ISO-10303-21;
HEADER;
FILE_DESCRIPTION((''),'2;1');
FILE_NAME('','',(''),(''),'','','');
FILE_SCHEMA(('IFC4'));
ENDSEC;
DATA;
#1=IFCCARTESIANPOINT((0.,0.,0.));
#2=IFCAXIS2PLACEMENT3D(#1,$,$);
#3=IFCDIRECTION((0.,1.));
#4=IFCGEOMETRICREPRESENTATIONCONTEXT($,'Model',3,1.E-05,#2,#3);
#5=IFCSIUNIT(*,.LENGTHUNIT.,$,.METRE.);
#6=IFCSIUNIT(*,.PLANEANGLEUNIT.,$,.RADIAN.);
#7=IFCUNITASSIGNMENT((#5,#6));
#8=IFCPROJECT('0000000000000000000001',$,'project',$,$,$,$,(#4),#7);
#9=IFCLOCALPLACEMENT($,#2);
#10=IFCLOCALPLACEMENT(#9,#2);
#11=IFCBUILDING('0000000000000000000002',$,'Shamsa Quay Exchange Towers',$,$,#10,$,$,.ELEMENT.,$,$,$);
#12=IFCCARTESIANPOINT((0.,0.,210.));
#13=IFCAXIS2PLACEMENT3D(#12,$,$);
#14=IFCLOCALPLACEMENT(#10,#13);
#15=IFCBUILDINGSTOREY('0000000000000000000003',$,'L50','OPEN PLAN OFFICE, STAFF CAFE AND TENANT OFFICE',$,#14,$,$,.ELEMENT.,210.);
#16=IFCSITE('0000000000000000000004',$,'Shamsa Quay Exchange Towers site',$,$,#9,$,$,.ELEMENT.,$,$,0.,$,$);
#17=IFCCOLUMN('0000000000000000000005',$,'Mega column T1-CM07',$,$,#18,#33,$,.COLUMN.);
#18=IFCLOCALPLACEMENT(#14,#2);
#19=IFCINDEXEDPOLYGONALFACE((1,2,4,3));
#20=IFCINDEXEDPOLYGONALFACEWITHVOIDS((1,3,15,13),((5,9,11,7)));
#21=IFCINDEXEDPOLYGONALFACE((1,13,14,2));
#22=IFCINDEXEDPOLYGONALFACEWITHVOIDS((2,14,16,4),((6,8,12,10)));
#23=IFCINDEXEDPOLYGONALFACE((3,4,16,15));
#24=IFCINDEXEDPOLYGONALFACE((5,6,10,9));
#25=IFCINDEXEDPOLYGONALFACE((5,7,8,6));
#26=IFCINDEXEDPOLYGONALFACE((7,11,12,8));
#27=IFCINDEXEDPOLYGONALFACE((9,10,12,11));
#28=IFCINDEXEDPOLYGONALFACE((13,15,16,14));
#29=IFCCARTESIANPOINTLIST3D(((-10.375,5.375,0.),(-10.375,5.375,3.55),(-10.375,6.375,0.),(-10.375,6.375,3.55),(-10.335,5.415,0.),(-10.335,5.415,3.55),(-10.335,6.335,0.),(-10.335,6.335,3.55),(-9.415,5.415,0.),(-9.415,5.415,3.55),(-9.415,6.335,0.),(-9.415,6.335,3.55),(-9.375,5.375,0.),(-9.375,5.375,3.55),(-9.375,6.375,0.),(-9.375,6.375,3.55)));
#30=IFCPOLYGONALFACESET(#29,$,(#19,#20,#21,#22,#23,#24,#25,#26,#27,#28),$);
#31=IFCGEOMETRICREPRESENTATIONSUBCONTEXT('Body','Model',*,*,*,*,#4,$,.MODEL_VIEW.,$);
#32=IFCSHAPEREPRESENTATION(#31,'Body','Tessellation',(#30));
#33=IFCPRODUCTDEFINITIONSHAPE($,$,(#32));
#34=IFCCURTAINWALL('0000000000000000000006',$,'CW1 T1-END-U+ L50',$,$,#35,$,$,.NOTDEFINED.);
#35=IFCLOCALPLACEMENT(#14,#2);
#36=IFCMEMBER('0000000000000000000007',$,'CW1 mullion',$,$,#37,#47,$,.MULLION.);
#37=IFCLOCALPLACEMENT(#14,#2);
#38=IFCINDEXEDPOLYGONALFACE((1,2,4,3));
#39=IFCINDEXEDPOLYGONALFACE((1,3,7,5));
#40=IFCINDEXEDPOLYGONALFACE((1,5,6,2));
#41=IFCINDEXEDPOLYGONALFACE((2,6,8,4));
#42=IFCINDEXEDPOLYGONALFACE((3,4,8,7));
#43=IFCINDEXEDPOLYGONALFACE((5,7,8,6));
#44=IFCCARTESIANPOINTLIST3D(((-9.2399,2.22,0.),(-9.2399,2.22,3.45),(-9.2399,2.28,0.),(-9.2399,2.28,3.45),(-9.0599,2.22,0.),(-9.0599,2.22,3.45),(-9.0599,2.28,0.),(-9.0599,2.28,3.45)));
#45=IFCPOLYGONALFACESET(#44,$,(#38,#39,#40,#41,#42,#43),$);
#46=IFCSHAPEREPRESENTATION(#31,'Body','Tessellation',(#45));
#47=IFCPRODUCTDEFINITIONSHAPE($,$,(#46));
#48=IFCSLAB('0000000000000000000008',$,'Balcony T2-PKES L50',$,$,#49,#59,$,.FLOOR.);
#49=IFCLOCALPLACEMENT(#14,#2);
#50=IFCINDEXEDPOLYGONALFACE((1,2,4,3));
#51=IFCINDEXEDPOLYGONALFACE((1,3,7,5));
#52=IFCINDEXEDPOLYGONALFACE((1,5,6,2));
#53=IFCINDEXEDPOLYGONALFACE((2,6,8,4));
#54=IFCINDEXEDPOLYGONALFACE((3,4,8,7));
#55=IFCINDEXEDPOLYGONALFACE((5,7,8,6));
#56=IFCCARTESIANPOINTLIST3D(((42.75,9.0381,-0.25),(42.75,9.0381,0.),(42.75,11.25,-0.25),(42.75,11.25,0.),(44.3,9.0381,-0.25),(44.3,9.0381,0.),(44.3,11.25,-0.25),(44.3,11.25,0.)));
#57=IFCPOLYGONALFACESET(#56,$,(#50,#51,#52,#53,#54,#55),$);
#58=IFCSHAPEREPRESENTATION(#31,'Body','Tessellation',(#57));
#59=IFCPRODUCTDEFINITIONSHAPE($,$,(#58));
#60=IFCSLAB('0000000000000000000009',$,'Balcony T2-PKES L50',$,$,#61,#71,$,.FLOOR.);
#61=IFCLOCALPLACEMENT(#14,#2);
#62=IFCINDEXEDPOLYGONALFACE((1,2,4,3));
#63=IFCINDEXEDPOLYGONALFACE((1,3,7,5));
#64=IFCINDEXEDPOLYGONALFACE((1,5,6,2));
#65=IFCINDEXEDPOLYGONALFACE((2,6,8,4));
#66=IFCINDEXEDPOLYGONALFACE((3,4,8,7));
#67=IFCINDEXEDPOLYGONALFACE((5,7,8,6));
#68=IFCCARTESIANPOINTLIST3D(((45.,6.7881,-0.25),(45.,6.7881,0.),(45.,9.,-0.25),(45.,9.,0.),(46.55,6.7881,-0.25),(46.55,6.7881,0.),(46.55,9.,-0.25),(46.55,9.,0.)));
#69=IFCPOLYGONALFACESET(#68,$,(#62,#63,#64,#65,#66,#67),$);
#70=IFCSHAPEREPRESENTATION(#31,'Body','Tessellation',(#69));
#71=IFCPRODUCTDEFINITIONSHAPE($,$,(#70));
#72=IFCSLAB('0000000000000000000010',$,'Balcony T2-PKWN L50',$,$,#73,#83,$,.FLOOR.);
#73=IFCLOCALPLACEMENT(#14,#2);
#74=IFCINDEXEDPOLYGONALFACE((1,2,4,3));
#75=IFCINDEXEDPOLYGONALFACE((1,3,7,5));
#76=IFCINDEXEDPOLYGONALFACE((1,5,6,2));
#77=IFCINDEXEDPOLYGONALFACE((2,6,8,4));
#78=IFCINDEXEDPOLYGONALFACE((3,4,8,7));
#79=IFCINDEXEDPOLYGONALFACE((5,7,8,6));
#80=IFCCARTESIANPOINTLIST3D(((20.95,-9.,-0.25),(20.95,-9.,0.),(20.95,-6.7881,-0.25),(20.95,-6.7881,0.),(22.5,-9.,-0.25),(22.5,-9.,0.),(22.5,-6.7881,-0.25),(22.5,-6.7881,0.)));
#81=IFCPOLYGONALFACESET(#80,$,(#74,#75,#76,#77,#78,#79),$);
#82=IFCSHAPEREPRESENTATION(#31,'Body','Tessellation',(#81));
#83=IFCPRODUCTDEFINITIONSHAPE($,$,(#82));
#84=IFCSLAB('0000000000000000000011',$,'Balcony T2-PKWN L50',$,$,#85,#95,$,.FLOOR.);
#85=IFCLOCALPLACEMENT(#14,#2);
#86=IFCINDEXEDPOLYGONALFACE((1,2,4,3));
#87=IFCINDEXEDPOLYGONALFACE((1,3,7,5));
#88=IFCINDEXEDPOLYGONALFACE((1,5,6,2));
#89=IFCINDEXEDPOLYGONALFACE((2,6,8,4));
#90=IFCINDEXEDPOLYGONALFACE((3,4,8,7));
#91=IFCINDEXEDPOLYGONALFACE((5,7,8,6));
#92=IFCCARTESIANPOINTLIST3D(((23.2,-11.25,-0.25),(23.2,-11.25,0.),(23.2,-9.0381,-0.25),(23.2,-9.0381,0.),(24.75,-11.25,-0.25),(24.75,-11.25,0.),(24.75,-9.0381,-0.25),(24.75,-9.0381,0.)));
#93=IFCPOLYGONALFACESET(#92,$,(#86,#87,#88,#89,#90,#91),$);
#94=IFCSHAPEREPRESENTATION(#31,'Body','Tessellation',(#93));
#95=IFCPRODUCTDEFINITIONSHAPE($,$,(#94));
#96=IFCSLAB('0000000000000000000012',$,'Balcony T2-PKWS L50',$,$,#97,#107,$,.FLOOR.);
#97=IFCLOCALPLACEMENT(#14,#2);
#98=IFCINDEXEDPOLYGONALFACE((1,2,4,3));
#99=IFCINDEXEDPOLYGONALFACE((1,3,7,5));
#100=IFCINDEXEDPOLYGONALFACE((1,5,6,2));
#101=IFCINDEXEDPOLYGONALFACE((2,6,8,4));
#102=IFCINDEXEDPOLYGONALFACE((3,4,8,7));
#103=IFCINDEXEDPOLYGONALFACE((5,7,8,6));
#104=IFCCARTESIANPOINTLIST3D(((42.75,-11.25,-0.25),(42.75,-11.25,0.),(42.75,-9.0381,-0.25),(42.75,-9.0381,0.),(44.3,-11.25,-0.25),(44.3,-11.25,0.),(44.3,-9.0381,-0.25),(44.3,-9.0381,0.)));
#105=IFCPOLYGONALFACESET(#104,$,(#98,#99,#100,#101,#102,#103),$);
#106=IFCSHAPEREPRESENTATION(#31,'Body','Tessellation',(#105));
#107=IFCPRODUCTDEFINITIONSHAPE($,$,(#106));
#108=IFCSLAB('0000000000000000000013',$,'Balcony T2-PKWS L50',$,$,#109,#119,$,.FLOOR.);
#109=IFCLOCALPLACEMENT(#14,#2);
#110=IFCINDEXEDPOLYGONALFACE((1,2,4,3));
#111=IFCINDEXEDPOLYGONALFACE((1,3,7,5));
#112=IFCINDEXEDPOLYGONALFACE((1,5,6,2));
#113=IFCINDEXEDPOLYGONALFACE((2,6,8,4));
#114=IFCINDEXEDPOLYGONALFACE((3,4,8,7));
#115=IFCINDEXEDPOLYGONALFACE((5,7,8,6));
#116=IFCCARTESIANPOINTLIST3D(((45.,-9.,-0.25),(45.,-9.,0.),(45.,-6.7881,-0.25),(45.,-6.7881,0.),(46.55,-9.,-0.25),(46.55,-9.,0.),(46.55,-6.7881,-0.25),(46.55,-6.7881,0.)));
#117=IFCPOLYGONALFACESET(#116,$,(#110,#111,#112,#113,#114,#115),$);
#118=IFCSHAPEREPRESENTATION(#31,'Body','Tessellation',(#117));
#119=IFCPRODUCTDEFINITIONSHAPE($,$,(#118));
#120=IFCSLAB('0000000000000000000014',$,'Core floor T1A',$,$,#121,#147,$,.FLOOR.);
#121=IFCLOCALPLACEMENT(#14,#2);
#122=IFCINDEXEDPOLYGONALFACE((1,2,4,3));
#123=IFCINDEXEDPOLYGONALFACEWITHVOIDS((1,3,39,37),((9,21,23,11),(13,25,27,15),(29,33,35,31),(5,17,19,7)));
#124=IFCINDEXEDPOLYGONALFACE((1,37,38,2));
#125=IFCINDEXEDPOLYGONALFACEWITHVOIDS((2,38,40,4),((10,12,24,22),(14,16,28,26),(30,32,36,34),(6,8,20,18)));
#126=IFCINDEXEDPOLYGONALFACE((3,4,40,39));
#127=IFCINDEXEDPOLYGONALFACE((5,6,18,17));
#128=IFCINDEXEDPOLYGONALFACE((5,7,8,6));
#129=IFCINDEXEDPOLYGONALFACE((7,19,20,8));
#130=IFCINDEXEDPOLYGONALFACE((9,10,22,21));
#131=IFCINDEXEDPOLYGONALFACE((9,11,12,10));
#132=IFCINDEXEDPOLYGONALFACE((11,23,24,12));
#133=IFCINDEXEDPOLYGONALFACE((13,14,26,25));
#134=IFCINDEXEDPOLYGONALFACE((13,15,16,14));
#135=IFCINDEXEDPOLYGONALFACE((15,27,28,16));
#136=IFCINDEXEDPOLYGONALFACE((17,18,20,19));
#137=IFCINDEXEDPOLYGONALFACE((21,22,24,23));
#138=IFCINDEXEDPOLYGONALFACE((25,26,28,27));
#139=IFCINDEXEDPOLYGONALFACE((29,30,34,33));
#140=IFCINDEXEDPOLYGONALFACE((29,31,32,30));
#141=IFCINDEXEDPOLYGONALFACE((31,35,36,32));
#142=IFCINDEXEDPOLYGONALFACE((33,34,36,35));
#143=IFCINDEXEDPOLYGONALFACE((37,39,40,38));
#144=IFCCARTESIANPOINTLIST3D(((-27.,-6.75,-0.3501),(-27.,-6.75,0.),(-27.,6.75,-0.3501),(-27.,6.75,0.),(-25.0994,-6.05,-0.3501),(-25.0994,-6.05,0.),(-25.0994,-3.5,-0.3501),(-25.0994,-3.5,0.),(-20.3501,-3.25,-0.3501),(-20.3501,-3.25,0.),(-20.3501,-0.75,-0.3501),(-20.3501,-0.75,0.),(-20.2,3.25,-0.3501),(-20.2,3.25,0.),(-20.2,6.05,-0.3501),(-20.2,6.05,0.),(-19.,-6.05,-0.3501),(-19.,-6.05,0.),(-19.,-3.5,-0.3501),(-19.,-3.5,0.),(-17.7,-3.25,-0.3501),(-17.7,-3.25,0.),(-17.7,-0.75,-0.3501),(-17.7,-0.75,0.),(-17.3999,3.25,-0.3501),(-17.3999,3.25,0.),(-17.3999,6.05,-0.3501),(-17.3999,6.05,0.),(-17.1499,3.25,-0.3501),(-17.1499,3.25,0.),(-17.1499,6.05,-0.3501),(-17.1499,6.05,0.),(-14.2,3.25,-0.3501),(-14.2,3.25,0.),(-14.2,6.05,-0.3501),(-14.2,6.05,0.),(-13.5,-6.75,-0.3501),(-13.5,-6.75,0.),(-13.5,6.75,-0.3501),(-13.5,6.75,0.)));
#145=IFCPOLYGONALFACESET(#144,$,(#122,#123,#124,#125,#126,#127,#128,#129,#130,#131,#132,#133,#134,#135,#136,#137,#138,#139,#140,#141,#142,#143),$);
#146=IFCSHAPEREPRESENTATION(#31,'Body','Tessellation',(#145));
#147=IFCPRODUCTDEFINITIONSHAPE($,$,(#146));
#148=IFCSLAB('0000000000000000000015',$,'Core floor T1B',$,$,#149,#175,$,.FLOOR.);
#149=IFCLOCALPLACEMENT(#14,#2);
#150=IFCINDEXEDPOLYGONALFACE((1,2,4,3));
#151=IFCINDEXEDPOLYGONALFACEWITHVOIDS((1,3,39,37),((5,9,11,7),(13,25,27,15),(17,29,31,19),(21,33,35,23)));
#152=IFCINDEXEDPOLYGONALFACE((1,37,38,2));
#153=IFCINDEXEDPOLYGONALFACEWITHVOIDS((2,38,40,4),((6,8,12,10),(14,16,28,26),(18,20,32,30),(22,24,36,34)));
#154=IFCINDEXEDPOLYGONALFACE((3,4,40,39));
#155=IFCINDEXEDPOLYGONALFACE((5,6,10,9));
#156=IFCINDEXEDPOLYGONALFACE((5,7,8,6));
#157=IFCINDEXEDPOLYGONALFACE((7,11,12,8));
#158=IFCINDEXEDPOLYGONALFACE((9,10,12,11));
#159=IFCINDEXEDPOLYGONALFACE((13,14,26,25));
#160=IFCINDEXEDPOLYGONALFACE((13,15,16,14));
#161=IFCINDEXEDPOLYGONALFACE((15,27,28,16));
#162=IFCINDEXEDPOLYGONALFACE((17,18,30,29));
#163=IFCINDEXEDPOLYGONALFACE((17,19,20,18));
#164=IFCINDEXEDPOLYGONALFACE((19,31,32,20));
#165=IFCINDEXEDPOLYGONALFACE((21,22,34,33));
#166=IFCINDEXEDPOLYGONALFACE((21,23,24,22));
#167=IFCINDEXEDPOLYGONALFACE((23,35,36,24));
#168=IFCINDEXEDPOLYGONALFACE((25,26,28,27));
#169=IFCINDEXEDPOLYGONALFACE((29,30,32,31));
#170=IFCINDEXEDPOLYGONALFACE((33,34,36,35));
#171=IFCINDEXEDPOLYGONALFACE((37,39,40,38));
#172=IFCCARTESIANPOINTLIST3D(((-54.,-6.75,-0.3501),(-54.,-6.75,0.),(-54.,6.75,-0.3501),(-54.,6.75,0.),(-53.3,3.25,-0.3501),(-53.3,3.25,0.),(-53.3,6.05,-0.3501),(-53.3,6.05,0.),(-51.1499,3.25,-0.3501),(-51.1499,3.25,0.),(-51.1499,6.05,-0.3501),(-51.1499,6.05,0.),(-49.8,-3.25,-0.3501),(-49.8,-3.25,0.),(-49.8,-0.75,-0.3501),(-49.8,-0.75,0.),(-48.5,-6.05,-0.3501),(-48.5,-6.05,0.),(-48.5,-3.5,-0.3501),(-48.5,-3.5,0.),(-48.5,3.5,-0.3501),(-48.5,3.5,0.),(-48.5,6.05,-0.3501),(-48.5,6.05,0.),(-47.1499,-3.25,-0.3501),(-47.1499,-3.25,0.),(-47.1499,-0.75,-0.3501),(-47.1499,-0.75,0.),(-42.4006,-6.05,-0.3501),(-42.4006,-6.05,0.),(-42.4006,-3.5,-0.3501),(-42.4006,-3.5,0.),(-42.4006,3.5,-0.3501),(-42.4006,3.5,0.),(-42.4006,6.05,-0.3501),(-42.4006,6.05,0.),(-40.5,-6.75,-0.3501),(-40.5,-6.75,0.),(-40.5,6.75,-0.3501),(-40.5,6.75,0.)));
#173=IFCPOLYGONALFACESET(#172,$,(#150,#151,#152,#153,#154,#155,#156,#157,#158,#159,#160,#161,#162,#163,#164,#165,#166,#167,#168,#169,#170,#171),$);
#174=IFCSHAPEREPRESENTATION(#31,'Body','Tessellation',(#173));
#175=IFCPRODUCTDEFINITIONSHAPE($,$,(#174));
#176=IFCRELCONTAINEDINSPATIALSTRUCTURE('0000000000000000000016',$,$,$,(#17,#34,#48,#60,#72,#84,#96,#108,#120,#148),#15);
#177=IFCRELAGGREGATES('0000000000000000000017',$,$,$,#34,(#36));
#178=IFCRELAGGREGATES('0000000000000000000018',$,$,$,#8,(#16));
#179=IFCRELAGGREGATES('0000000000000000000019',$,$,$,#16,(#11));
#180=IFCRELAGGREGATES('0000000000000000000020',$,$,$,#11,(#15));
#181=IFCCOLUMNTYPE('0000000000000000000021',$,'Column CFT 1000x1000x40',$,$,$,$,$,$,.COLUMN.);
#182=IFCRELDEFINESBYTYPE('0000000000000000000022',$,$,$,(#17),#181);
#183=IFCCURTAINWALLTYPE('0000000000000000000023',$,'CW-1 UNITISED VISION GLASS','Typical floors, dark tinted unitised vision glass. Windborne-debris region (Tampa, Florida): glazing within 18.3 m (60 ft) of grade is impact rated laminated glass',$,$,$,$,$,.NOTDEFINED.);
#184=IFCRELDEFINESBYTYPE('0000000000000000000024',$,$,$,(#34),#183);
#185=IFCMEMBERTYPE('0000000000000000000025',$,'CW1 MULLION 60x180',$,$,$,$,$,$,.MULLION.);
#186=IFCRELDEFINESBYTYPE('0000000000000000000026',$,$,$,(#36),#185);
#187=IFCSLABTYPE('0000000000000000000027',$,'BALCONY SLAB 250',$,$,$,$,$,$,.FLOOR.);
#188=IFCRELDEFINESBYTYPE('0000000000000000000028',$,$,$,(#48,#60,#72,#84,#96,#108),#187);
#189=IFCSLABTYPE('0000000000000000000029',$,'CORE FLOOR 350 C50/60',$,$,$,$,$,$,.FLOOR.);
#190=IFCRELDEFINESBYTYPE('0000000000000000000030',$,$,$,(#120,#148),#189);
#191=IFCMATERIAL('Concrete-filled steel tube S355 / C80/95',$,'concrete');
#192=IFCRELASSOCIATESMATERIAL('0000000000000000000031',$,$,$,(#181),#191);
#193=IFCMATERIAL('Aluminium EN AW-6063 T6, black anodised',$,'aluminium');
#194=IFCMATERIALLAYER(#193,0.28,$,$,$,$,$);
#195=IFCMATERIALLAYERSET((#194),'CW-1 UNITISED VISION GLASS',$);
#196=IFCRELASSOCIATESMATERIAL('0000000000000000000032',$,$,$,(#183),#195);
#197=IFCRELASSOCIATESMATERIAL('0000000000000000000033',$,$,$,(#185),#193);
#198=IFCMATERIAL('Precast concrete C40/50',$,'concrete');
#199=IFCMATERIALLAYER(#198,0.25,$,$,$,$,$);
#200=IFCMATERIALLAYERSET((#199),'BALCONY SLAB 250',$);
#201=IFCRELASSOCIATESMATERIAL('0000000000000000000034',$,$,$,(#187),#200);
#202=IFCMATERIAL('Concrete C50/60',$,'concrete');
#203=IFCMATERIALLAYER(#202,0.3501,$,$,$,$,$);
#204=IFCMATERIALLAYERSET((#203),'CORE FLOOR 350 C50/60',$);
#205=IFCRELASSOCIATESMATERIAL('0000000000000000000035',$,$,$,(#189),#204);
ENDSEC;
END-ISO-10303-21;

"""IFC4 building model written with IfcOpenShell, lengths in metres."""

from ifc_helpers import new_model, si_unit, direction, frame, origin, origin_2d, place, context, subcontext, project, spatial, polyline, rectangle, hollow_rectangle, outline, extrude, material, layer, layer_set, material_profile, profile_set, type_object, element, aggregate, save


model = new_model("IFC4")

# Units and contexts
model_context = context("Model", 3, precision=1e-05, world=origin(), true_north=direction((0.0, 1.0)))
body_context = subcontext(model_context, "Body", "Model", "MODEL_VIEW")
ifc_project = project(units=[si_unit("LENGTHUNIT", "METRE"), si_unit("PLANEANGLEUNIT", "RADIAN")], contexts=[model_context])

# Site, building, storey
site_placement = place(None, origin())
site = spatial("IfcSite", under=ifc_project, at=site_placement, Name="Shamsa Quay Exchange Towers site", CompositionType="ELEMENT", RefElevation=0.0)
building_placement = place(site_placement, origin())
building = spatial("IfcBuilding", under=site, at=building_placement, Name="Shamsa Quay Exchange Towers", CompositionType="ELEMENT")
storey_placement = place(building_placement, frame((0.0, 0.0, 210.0)))
storey = spatial("IfcBuildingStorey", under=building, at=storey_placement, Name="L50", Description="OPEN PLAN OFFICE, STAFF CAFE AND TENANT OFFICE", CompositionType="ELEMENT", Elevation=210.0)

# Column
ifc_material_1 = material(Name="Concrete-filled steel tube S355 / C80/95", Category="concrete")
ifc_material_profile_1 = material_profile(ifc_material_1, hollow_rectangle(XDim=1.0, YDim=1.0, WallThickness=0.04, at=origin_2d()), Name="CFT 1000x1000x40")
ifc_profile_set_1 = profile_set([ifc_material_profile_1], Name="Concrete-filled steel tube S355 / C80/95")
column_type = type_object("IfcColumnType", Name="Column CFT 1000x1000x40", PredefinedType="COLUMN", material=ifc_profile_set_1)
column_placement = place(storey_placement, frame((-9.875, 5.875, 0.0)))
element("IfcColumn", 1, at=column_placement, inside=storey, type_object=column_type, Name="Mega column T1-CM07", PredefinedType="COLUMN", context=body_context, shape_type="SweptSolid", body=[
    extrude(hollow_rectangle(XDim=1.0, YDim=1.0, WallThickness=0.04, at=origin_2d()), origin(), (0.0, 0.0, 1.0), 3.55),
])

# Curtain wall, member
ifc_material_2 = material(Name="Aluminium EN AW-6063 T6, black anodised", Category="aluminium")
ifc_layer_1 = layer(ifc_material_2, 0.28)
ifc_layer_set_1 = layer_set([ifc_layer_1], Name="CW-1 UNITISED VISION GLASS")
curtain_wall_type = type_object("IfcCurtainWallType", Name="CW-1 UNITISED VISION GLASS", Description="Typical floors, dark tinted unitised vision glass. Windborne-debris region (Tampa, Florida): glazing within 18.3 m (60 ft) of grade is impact rated laminated glass", PredefinedType="NOTDEFINED", material=ifc_layer_set_1)
curtain_wall_1_placement = place(storey_placement, origin())
curtain_wall_1 = element("IfcCurtainWall", 2, at=curtain_wall_1_placement, inside=storey, type_object=curtain_wall_type, Name="CW1 T1-END-U+ L50", PredefinedType="NOTDEFINED")
ifc_material_profile_2 = material_profile(ifc_material_2, rectangle(XDim=0.1799, YDim=0.0601, at=origin_2d()), Name="MU60x180")
ifc_profile_set_2 = profile_set([ifc_material_profile_2], Name="Aluminium EN AW-6063 T6, black anodised")
member_type = type_object("IfcMemberType", Name="CW1 MULLION 60x180", PredefinedType="MULLION", material=ifc_profile_set_2)
member_placement = place(storey_placement, frame((-9.1499, 2.25, 0.0), z_axis=(0.0, 0.0, 1.0), x_axis=(-1.0, 0.0, 0.0)))
member = element("IfcMember", 3, at=member_placement, type_object=member_type, Name="CW1 mullion", PredefinedType="MULLION", context=body_context, shape_type="SweptSolid", body=[
    extrude(rectangle(XDim=0.1799, YDim=0.0601, at=origin_2d()), origin(), (0.0, 0.0, 1.0), 3.45),
])

# Slabs
ifc_material_3 = material(Name="Precast concrete C40/50", Category="concrete")
ifc_layer_2 = layer(ifc_material_3, 0.25)
ifc_layer_set_2 = layer_set([ifc_layer_2], Name="BALCONY SLAB 250")
slab_type_1 = type_object("IfcSlabType", Name="BALCONY SLAB 250", PredefinedType="FLOOR", material=ifc_layer_set_2)
slab_1_placement = place(storey_placement, frame((0.0, 0.0, -0.25)))
element("IfcSlab", 4, at=slab_1_placement, inside=storey, type_object=slab_type_1, Name="Balcony T2-PKES L50", PredefinedType="FLOOR", context=body_context, shape_type="SweptSolid", body=[
    extrude(outline(polyline([(42.75, 9.0381), (42.75, 11.25), (44.3, 11.25), (44.3, 9.0381), (42.75, 9.0381)])), origin(), (0.0, 0.0, 1.0), 0.25),
])
slab_2_placement = place(storey_placement, frame((0.0, 0.0, -0.25)))
element("IfcSlab", 5, at=slab_2_placement, inside=storey, type_object=slab_type_1, Name="Balcony T2-PKES L50", PredefinedType="FLOOR", context=body_context, shape_type="SweptSolid", body=[
    extrude(outline(polyline([(45.0, 6.7881), (45.0, 9.0), (46.55, 9.0), (46.55, 6.7881), (45.0, 6.7881)])), origin(), (0.0, 0.0, 1.0), 0.25),
])
slab_3_placement = place(storey_placement, frame((0.0, 0.0, -0.25)))
element("IfcSlab", 6, at=slab_3_placement, inside=storey, type_object=slab_type_1, Name="Balcony T2-PKWN L50", PredefinedType="FLOOR", context=body_context, shape_type="SweptSolid", body=[
    extrude(outline(polyline([(22.5, -6.7881), (22.5, -9.0), (20.95, -9.0), (20.95, -6.7881), (22.5, -6.7881)])), origin(), (0.0, 0.0, 1.0), 0.25),
])
slab_4_placement = place(storey_placement, frame((0.0, 0.0, -0.25)))
element("IfcSlab", 7, at=slab_4_placement, inside=storey, type_object=slab_type_1, Name="Balcony T2-PKWN L50", PredefinedType="FLOOR", context=body_context, shape_type="SweptSolid", body=[
    extrude(outline(polyline([(24.75, -9.0381), (24.75, -11.25), (23.2, -11.25), (23.2, -9.0381), (24.75, -9.0381)])), origin(), (0.0, 0.0, 1.0), 0.25),
])
slab_5_placement = place(storey_placement, frame((0.0, 0.0, -0.25)))
element("IfcSlab", 8, at=slab_5_placement, inside=storey, type_object=slab_type_1, Name="Balcony T2-PKWS L50", PredefinedType="FLOOR", context=body_context, shape_type="SweptSolid", body=[
    extrude(outline(polyline([(42.75, -11.25), (42.75, -9.0381), (44.3, -9.0381), (44.3, -11.25), (42.75, -11.25)])), origin(), (0.0, 0.0, 1.0), 0.25),
])
slab_6_placement = place(storey_placement, frame((0.0, 0.0, -0.25)))
element("IfcSlab", 9, at=slab_6_placement, inside=storey, type_object=slab_type_1, Name="Balcony T2-PKWS L50", PredefinedType="FLOOR", context=body_context, shape_type="SweptSolid", body=[
    extrude(outline(polyline([(45.0, -9.0), (45.0, -6.7881), (46.55, -6.7881), (46.55, -9.0), (45.0, -9.0)])), origin(), (0.0, 0.0, 1.0), 0.25),
])
ifc_material_4 = material(Name="Concrete C50/60", Category="concrete")
ifc_layer_3 = layer(ifc_material_4, 0.3501)
ifc_layer_set_3 = layer_set([ifc_layer_3], Name="CORE FLOOR 350 C50/60")
slab_type_2 = type_object("IfcSlabType", Name="CORE FLOOR 350 C50/60", PredefinedType="FLOOR", material=ifc_layer_set_3)
slab_7_placement = place(storey_placement, frame((0.0, 0.0, -0.3501)))
element("IfcSlab", 10, at=slab_7_placement, inside=storey, type_object=slab_type_2, Name="Core floor T1A", PredefinedType="FLOOR", context=body_context, shape_type="SweptSolid", body=[
    extrude(outline(polyline([(-27.0, -6.75), (-13.5, -6.75), (-13.5, 6.75), (-27.0, 6.75), (-27.0, -6.75)]), holes=[polyline([(-25.0994, -6.05), (-25.0994, -3.5), (-19.0, -3.5), (-19.0, -6.05), (-25.0994, -6.05)]), polyline([(-20.2, 3.25), (-20.2, 6.05), (-17.3999, 6.05), (-17.3999, 3.25), (-20.2, 3.25)]), polyline([(-17.1499, 3.25), (-17.1499, 6.05), (-14.2, 6.05), (-14.2, 3.25), (-17.1499, 3.25)]), polyline([(-20.3501, -3.25), (-20.3501, -0.75), (-17.7, -0.75), (-17.7, -3.25), (-20.3501, -3.25)])]), origin(), (0.0, 0.0, 1.0), 0.3501),
])
slab_8_placement = place(storey_placement, frame((0.0, 0.0, -0.3501)))
element("IfcSlab", 11, at=slab_8_placement, inside=storey, type_object=slab_type_2, Name="Core floor T1B", PredefinedType="FLOOR", context=body_context, shape_type="SweptSolid", body=[
    extrude(outline(polyline([(-40.5, -6.75), (-40.5, 6.75), (-54.0, 6.75), (-54.0, -6.75), (-40.5, -6.75)]), holes=[polyline([(-42.4006, -3.5), (-42.4006, -6.05), (-48.5, -6.05), (-48.5, -3.5), (-42.4006, -3.5)]), polyline([(-42.4006, 6.05), (-42.4006, 3.5), (-48.5, 3.5), (-48.5, 6.05), (-42.4006, 6.05)]), polyline([(-51.1499, 3.25), (-53.3, 3.25), (-53.3, 6.05), (-51.1499, 6.05), (-51.1499, 3.25)]), polyline([(-47.1499, -3.25), (-49.8, -3.25), (-49.8, -0.75), (-47.1499, -0.75), (-47.1499, -3.25)])]), origin(), (0.0, 0.0, 1.0), 0.3501),
])

aggregate(curtain_wall_1, [member])

save(model, "model.ifc")
